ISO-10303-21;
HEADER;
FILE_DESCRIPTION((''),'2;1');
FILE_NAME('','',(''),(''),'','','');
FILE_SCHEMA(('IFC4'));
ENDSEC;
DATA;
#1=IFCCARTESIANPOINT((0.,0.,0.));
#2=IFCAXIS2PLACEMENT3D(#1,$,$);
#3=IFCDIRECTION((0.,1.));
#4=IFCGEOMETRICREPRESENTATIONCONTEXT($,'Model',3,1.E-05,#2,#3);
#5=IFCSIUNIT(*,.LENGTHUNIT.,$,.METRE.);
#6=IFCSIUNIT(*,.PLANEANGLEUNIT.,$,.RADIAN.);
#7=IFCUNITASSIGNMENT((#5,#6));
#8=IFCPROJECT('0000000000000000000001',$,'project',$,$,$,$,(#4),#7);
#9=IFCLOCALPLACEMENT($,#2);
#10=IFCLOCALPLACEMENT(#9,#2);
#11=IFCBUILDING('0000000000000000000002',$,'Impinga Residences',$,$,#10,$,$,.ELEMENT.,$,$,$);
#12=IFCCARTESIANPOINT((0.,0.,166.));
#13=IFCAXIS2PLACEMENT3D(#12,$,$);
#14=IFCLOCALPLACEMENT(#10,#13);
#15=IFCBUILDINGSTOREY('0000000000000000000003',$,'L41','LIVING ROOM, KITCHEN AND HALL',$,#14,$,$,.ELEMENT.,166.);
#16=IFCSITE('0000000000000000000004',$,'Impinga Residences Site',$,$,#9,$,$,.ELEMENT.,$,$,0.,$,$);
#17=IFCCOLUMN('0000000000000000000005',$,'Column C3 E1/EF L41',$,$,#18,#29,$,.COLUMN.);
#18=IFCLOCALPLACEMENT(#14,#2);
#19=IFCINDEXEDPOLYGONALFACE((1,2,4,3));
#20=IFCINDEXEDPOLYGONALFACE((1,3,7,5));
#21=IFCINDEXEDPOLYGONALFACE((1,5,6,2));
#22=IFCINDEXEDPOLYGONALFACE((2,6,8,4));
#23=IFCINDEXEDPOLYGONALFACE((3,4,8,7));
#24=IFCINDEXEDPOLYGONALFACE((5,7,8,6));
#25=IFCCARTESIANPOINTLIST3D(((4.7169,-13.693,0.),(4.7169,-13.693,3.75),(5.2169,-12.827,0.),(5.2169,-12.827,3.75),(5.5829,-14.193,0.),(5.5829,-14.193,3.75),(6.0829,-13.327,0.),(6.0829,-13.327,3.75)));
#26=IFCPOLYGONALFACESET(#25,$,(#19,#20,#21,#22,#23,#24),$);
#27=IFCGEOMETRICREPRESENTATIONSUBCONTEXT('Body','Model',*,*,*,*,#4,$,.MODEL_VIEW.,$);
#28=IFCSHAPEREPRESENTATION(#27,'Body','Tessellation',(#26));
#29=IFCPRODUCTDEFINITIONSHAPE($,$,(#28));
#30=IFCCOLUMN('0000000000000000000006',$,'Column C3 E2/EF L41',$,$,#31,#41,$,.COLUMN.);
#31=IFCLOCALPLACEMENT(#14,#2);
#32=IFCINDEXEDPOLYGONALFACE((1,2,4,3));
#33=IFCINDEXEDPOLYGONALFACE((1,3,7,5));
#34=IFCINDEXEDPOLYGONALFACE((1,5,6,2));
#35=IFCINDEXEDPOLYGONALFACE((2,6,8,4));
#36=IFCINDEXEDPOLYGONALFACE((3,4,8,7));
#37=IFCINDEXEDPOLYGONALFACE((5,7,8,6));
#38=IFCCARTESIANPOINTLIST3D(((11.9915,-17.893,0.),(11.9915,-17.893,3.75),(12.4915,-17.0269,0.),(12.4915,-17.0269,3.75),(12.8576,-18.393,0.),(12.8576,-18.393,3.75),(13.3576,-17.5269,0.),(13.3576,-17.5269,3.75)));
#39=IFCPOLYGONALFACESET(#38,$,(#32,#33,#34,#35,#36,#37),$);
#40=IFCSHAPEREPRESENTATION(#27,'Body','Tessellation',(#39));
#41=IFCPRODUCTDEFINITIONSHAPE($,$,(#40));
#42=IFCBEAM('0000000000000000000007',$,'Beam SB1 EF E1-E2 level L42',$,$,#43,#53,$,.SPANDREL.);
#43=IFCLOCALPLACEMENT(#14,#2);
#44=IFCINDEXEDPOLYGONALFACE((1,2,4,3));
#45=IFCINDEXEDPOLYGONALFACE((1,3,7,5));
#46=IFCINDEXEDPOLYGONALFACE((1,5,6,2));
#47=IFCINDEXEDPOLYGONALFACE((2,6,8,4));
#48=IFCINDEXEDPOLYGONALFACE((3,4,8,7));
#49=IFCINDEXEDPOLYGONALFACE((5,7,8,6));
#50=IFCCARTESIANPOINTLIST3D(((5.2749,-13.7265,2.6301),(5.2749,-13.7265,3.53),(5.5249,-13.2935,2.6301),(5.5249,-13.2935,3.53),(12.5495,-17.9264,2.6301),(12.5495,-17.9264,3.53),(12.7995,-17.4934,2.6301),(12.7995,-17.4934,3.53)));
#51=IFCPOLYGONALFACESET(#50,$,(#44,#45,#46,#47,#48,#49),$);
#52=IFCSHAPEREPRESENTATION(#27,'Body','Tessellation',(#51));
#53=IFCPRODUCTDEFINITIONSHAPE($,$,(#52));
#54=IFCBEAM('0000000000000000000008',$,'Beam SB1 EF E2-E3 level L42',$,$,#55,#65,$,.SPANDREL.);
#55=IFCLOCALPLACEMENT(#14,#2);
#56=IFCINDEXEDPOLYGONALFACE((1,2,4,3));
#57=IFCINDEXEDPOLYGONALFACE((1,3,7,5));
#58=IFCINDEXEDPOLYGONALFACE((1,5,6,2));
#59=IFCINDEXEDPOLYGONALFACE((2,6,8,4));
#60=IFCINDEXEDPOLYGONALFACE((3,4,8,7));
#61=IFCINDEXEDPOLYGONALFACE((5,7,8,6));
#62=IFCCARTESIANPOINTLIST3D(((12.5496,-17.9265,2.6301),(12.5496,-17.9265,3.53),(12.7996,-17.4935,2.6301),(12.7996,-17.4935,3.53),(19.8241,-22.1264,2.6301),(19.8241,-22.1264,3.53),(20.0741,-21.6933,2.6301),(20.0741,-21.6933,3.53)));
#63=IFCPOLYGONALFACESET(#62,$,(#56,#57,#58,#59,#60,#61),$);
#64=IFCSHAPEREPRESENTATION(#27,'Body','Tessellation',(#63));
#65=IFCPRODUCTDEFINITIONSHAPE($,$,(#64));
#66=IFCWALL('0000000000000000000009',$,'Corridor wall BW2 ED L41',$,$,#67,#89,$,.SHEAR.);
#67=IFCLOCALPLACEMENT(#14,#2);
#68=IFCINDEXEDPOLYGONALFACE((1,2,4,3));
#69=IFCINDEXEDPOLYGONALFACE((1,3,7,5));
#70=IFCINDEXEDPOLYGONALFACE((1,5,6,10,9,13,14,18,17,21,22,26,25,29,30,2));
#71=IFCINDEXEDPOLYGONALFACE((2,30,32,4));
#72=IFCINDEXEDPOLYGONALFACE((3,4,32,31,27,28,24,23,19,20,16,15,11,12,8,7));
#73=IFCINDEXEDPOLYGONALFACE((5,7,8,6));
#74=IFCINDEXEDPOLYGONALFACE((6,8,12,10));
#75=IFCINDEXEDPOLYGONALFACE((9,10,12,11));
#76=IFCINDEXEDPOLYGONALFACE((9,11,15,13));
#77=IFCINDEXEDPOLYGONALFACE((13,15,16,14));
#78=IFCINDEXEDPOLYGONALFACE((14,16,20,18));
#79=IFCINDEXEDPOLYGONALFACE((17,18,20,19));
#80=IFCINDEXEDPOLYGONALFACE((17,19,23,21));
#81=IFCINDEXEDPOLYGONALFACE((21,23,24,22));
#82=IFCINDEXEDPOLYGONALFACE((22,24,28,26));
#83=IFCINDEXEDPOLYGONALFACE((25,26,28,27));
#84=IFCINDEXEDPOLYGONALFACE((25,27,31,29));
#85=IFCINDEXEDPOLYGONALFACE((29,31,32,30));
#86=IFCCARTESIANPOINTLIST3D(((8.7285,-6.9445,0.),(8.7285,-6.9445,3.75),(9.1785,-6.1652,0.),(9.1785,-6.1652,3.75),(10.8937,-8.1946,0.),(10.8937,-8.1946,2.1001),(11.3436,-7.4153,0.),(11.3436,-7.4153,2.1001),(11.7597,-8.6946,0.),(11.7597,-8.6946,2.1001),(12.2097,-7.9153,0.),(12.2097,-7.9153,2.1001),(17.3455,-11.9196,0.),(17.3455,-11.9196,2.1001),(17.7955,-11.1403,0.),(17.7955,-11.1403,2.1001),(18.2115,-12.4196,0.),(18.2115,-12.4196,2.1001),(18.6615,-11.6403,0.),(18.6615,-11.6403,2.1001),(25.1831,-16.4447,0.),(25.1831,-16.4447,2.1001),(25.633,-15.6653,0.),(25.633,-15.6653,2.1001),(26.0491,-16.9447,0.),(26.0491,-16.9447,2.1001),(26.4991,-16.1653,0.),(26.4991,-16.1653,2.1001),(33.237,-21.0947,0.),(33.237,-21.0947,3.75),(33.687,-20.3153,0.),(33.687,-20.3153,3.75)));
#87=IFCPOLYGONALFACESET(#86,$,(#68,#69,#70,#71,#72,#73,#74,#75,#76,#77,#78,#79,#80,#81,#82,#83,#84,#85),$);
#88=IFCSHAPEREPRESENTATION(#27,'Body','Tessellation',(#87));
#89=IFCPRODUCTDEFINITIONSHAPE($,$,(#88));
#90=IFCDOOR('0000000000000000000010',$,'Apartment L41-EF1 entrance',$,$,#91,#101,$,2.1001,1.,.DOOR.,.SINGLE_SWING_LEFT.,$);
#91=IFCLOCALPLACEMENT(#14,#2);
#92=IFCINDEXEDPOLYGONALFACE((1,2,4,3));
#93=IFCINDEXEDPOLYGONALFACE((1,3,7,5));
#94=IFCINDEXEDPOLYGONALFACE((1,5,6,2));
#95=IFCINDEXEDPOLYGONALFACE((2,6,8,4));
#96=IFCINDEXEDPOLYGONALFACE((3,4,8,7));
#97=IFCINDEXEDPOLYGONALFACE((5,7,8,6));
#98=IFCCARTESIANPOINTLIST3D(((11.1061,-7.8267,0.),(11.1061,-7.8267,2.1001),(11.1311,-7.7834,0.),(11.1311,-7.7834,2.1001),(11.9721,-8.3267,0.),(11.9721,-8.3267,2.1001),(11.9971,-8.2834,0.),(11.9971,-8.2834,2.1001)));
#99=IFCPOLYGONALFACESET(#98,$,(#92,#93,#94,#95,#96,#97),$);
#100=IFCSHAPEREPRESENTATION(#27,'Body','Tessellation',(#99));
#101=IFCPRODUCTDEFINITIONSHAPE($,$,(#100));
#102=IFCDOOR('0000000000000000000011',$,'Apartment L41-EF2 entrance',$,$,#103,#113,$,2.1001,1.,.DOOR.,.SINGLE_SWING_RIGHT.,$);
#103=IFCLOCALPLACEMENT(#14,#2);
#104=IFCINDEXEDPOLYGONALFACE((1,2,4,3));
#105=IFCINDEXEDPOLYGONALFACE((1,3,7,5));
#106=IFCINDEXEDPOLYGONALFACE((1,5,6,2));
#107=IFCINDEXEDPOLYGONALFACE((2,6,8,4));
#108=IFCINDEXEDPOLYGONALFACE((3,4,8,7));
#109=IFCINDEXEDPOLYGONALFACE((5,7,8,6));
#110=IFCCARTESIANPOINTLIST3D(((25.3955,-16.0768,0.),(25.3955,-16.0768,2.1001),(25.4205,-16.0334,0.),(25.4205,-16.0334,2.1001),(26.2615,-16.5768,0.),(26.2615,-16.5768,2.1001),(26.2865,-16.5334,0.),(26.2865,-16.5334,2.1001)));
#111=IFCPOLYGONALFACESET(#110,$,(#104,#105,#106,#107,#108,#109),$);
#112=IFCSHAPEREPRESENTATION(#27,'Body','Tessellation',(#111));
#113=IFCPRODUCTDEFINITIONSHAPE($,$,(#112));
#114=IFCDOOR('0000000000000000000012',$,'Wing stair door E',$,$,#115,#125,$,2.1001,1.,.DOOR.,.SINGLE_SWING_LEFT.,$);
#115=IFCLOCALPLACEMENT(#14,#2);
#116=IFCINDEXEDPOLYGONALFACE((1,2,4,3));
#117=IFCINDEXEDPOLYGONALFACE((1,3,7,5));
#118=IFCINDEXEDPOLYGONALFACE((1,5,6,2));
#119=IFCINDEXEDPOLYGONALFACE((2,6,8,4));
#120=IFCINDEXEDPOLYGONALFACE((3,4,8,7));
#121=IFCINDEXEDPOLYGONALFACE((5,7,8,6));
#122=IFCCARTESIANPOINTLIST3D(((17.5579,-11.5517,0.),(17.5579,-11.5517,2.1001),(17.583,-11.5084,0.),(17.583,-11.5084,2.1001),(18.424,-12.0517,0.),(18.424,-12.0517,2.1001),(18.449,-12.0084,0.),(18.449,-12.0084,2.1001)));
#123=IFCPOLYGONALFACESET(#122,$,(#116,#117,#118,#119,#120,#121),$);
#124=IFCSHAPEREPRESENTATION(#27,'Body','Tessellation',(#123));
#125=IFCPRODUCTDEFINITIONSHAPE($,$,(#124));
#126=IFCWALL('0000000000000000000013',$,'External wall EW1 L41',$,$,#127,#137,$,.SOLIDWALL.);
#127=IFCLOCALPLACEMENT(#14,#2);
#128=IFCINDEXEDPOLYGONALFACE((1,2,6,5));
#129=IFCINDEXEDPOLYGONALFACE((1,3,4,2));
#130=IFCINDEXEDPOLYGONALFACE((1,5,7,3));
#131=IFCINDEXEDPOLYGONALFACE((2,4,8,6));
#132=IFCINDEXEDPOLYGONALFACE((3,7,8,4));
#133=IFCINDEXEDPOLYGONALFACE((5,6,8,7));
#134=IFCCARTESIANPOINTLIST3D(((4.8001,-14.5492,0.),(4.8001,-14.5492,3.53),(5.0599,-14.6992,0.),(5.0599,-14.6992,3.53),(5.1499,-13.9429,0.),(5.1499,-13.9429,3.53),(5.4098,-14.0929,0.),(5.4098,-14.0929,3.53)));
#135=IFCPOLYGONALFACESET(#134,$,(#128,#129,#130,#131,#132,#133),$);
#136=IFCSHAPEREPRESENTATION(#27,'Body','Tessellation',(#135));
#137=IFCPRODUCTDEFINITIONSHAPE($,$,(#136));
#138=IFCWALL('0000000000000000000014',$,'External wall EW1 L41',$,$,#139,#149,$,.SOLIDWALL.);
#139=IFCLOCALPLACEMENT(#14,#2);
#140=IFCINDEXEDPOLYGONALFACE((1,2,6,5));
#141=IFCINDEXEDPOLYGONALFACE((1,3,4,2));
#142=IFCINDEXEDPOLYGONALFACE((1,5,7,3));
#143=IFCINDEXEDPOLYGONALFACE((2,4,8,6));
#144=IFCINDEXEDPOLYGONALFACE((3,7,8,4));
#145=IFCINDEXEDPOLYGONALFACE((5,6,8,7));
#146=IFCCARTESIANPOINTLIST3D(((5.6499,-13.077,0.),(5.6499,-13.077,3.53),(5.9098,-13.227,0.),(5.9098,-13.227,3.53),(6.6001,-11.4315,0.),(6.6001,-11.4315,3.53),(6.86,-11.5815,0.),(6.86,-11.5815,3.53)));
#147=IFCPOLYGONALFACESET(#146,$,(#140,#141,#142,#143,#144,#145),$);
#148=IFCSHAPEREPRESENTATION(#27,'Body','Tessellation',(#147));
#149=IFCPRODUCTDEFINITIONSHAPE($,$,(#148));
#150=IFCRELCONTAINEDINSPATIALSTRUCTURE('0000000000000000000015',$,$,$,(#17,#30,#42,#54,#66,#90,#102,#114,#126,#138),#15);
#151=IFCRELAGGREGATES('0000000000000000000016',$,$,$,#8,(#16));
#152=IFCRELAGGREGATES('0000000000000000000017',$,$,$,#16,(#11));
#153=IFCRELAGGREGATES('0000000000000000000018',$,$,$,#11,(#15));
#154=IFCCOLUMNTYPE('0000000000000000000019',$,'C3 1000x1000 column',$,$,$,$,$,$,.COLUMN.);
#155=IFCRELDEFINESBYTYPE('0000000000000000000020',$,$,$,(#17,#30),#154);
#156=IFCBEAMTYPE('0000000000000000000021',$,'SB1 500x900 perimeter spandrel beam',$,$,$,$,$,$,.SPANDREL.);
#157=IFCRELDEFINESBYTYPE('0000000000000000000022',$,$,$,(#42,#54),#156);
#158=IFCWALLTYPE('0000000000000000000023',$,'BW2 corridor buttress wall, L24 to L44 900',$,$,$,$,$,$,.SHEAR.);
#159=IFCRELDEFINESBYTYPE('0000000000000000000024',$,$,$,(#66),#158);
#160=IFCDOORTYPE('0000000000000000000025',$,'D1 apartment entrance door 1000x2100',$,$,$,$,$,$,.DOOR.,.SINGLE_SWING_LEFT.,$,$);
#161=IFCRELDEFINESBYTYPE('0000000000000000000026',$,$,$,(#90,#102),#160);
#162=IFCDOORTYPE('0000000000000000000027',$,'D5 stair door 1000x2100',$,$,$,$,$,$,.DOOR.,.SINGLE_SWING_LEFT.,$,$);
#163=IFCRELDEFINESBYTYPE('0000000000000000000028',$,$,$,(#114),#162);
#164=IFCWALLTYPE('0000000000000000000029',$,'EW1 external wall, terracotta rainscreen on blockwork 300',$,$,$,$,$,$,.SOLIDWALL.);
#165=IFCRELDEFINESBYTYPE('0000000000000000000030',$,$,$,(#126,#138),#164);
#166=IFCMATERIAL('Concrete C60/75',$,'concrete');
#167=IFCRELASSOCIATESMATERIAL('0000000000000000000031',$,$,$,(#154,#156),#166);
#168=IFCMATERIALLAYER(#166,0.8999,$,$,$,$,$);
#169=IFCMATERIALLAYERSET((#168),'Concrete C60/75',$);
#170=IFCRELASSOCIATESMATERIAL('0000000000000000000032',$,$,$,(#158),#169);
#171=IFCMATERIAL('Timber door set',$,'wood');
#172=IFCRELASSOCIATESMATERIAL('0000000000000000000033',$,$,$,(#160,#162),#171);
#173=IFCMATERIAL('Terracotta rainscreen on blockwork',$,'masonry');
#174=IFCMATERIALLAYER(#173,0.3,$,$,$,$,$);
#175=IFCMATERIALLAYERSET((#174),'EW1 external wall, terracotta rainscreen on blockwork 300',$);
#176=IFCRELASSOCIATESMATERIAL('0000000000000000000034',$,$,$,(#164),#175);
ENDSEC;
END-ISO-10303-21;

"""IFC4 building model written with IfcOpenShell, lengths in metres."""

from ifc_helpers import new_model, si_unit, direction, frame, frame_2d, origin, origin_2d, place, context, subcontext, project, spatial, rectangle, extrude, material, layer, layer_set, material_profile, profile_set, type_object, element, fill, save


model = new_model("IFC4")

# Units and contexts
model_context = context("Model", 3, precision=1e-05, world=origin(), true_north=direction((0.0, 1.0)))
body_context = subcontext(model_context, "Body", "Model", "MODEL_VIEW")
ifc_project = project(units=[si_unit("LENGTHUNIT", "METRE"), si_unit("PLANEANGLEUNIT", "RADIAN")], contexts=[model_context])

# Site, building, storey
site_placement = place(None, origin())
site = spatial("IfcSite", under=ifc_project, at=site_placement, Name="Impinga Residences Site", CompositionType="ELEMENT", RefElevation=0.0)
building_placement = place(site_placement, origin())
building = spatial("IfcBuilding", under=site, at=building_placement, Name="Impinga Residences", CompositionType="ELEMENT")
storey_placement = place(building_placement, frame((0.0, 0.0, 166.0)))
storey = spatial("IfcBuildingStorey", under=building, at=storey_placement, Name="L41", Description="LIVING ROOM, KITCHEN AND HALL", CompositionType="ELEMENT", Elevation=166.0)

# Columns
ifc_material_1 = material(Name="Concrete C60/75", Category="concrete")
ifc_material_profile_1 = material_profile(ifc_material_1, rectangle(XDim=1.0, YDim=1.0, at=origin_2d()), Name="RC 1000x1000")
ifc_profile_set_1 = profile_set([ifc_material_profile_1], Name="Concrete C60/75")
column_type = type_object("IfcColumnType", Name="C3 1000x1000 column", PredefinedType="COLUMN", material=ifc_profile_set_1)
for number, where, z_axis, x_axis, name in (
    (1, (5.3999, -13.51, 0.0), (0.0, 0.0, 1.0), (-0.5, -0.866025, 0.0), "Column C3 E1/EF L41"),
    (2, (12.6746, -17.71, 0.0), (0.0, 0.0, 1.0), (-0.5, -0.866025, 0.0), "Column C3 E2/EF L41"),
):
    element("IfcColumn", number, at=place(storey_placement, frame(where, z_axis=z_axis, x_axis=x_axis)), inside=storey, type_object=column_type, Name=name, PredefinedType="COLUMN", context=body_context, shape_type="SweptSolid", body=[
        extrude(rectangle(XDim=1.0, YDim=1.0, at=origin_2d()), origin(), (0.0, 0.0, 1.0), 3.75),
    ])

# Beams
ifc_material_profile_2 = material_profile(ifc_material_1, rectangle(XDim=0.5, YDim=0.8999, at=origin_2d()), Name="RC 500x900")
ifc_profile_set_2 = profile_set([ifc_material_profile_2], Name="Concrete C60/75")
beam_type = type_object("IfcBeamType", Name="SB1 500x900 perimeter spandrel beam", PredefinedType="SPANDREL", material=ifc_profile_set_2)
for number, where, z_axis, x_axis, name in (
    (3, (5.3999, -13.51, 3.0801), (0.866029, -0.499993, 0.0), (0.499993, 0.866029, 0.0), "Beam SB1 EF E1-E2 level L42"),
    (4, (12.6746, -17.71, 3.0801), (0.866029, -0.499993, 0.0), (0.499993, 0.866029, 0.0), "Beam SB1 EF E2-E3 level L42"),
):
    element("IfcBeam", number, at=place(storey_placement, frame(where, z_axis=z_axis, x_axis=x_axis)), inside=storey, type_object=beam_type, Name=name, PredefinedType="SPANDREL", context=body_context, shape_type="SweptSolid", body=[
        extrude(rectangle(XDim=0.5, YDim=0.8999, at=origin_2d()), origin(), (0.0, 0.0, 1.0), 8.3999),
    ])

# Wall, openings, doors
ifc_layer_1 = layer(ifc_material_1, 0.8999)
ifc_layer_set_1 = layer_set([ifc_layer_1], Name="Concrete C60/75")
wall_type_1 = type_object("IfcWallType", Name="BW2 corridor buttress wall, L24 to L44 900", PredefinedType="SHEAR", material=ifc_layer_set_1)
wall_1_placement = place(storey_placement, frame((8.9536, -6.5549, 0.0), z_axis=(0.0, 0.0, 1.0), x_axis=(0.866023, -0.500003, 0.0)))
wall_1 = element("IfcWall", 5, at=wall_1_placement, inside=storey, type_object=wall_type_1, Name="Corridor wall BW2 ED L41", PredefinedType="SHEAR", context=body_context, shape_type="SweptSolid", body=[
    extrude(rectangle(XDim=28.3, YDim=0.8999, at=frame_2d((14.1499, 0.0))), origin(), (0.0, 0.0, 1.0), 3.75),
])
opening_1_placement = place(wall_1_placement, frame((9.95, 0.0, 0.0)))
opening_1 = element("IfcOpeningElement", 6, at=opening_1_placement, cuts=wall_1, PredefinedType="OPENING", context=body_context, shape_type="SweptSolid", body=[
    extrude(rectangle(XDim=1.0, YDim=2.1001, at=frame_2d((0.5, 1.05))), frame((0.0, 0.46, 0.0), z_axis=(0.0, -1.0, 0.0), x_axis=(1.0, 0.0, 0.0)), (0.0, 0.0, 1.0), 0.9199),
])
opening_2_placement = place(wall_1_placement, frame((2.5, 0.0, 0.0)))
opening_2 = element("IfcOpeningElement", 7, at=opening_2_placement, cuts=wall_1, PredefinedType="OPENING", context=body_context, shape_type="SweptSolid", body=[
    extrude(rectangle(XDim=1.0, YDim=2.1001, at=frame_2d((0.5, 1.05))), frame((0.0, 0.46, 0.0), z_axis=(0.0, -1.0, 0.0), x_axis=(1.0, 0.0, 0.0)), (0.0, 0.0, 1.0), 0.9199),
])
opening_3_placement = place(wall_1_placement, frame((19.0, 0.0, 0.0)))
opening_3 = element("IfcOpeningElement", 8, at=opening_3_placement, cuts=wall_1, PredefinedType="OPENING", context=body_context, shape_type="SweptSolid", body=[
    extrude(rectangle(XDim=1.0, YDim=2.1001, at=frame_2d((0.5, 1.05))), frame((0.0, 0.46, 0.0), z_axis=(0.0, -1.0, 0.0), x_axis=(1.0, 0.0, 0.0)), (0.0, 0.0, 1.0), 0.9199),
])
ifc_material_2 = material(Name="Timber door set", Category="wood")
door_type_1 = type_object("IfcDoorType", Name="D1 apartment entrance door 1000x2100", OperationType="SINGLE_SWING_LEFT", PredefinedType="DOOR", material=ifc_material_2)
door_1_placement = place(opening_2_placement, origin())
door_1 = element("IfcDoor", 9, at=door_1_placement, inside=storey, type_object=door_type_1, Name="Apartment L41-EF1 entrance", OperationType="SINGLE_SWING_LEFT", OverallHeight=2.1001, OverallWidth=1.0, PredefinedType="DOOR", context=body_context, shape_type="SweptSolid", body=[
    extrude(rectangle(XDim=1.0, YDim=2.1001, at=frame_2d((0.5, 1.05))), frame((0.0, 0.0249, 0.0), z_axis=(0.0, -1.0, 0.0), x_axis=(1.0, 0.0, 0.0)), (0.0, 0.0, 1.0), 0.05),
])
fill(opening_2, door_1)
door_2_placement = place(opening_3_placement, origin())
door_2 = element("IfcDoor", 10, at=door_2_placement, inside=storey, type_object=door_type_1, Name="Apartment L41-EF2 entrance", OperationType="SINGLE_SWING_RIGHT", OverallHeight=2.1001, OverallWidth=1.0, PredefinedType="DOOR", context=body_context, shape_type="SweptSolid", body=[
    extrude(rectangle(XDim=1.0, YDim=2.1001, at=frame_2d((0.5, 1.05))), frame((0.0, 0.0249, 0.0), z_axis=(0.0, -1.0, 0.0), x_axis=(1.0, 0.0, 0.0)), (0.0, 0.0, 1.0), 0.05),
])
fill(opening_3, door_2)
door_type_2 = type_object("IfcDoorType", Name="D5 stair door 1000x2100", OperationType="SINGLE_SWING_LEFT", PredefinedType="DOOR", material=ifc_material_2)
door_3_placement = place(opening_1_placement, origin())
door_3 = element("IfcDoor", 11, at=door_3_placement, inside=storey, type_object=door_type_2, Name="Wing stair door E", OperationType="SINGLE_SWING_LEFT", OverallHeight=2.1001, OverallWidth=1.0, PredefinedType="DOOR", context=body_context, shape_type="SweptSolid", body=[
    extrude(rectangle(XDim=1.0, YDim=2.1001, at=frame_2d((0.5, 1.05))), frame((0.0, 0.0249, 0.0), z_axis=(0.0, -1.0, 0.0), x_axis=(1.0, 0.0, 0.0)), (0.0, 0.0, 1.0), 0.05),
])
fill(opening_1, door_3)

# Walls
ifc_material_3 = material(Name="Terracotta rainscreen on blockwork", Category="masonry")
ifc_layer_2 = layer(ifc_material_3, 0.3)
ifc_layer_set_2 = layer_set([ifc_layer_2], Name="EW1 external wall, terracotta rainscreen on blockwork 300")
wall_type_2 = type_object("IfcWallType", Name="EW1 external wall, terracotta rainscreen on blockwork 300", PredefinedType="SOLIDWALL", material=ifc_layer_set_2)
wall_2_placement = place(storey_placement, frame((4.9299, -14.6243, 0.0), z_axis=(0.0, 0.0, 1.0), x_axis=(0.499853, 0.86611, 0.0)))
element("IfcWall", 12, at=wall_2_placement, inside=storey, type_object=wall_type_2, Name="External wall EW1 L41", PredefinedType="SOLIDWALL", context=body_context, shape_type="SweptSolid", body=[
    extrude(rectangle(XDim=0.7, YDim=0.3, at=frame_2d((0.3501, 0.0))), origin(), (0.0, 0.0, 1.0), 3.53),
])
wall_3_placement = place(storey_placement, frame((5.7798, -13.1521, 0.0), z_axis=(0.0, 0.0, 1.0), x_axis=(0.500064, 0.865989, 0.0)))
element("IfcWall", 13, at=wall_3_placement, inside=storey, type_object=wall_type_2, Name="External wall EW1 L41", PredefinedType="SOLIDWALL", context=body_context, shape_type="SweptSolid", body=[
    extrude(rectangle(XDim=1.9001, YDim=0.3, at=frame_2d((0.9502, 0.0))), origin(), (0.0, 0.0, 1.0), 3.53),
])

save(model, "model.ifc")
